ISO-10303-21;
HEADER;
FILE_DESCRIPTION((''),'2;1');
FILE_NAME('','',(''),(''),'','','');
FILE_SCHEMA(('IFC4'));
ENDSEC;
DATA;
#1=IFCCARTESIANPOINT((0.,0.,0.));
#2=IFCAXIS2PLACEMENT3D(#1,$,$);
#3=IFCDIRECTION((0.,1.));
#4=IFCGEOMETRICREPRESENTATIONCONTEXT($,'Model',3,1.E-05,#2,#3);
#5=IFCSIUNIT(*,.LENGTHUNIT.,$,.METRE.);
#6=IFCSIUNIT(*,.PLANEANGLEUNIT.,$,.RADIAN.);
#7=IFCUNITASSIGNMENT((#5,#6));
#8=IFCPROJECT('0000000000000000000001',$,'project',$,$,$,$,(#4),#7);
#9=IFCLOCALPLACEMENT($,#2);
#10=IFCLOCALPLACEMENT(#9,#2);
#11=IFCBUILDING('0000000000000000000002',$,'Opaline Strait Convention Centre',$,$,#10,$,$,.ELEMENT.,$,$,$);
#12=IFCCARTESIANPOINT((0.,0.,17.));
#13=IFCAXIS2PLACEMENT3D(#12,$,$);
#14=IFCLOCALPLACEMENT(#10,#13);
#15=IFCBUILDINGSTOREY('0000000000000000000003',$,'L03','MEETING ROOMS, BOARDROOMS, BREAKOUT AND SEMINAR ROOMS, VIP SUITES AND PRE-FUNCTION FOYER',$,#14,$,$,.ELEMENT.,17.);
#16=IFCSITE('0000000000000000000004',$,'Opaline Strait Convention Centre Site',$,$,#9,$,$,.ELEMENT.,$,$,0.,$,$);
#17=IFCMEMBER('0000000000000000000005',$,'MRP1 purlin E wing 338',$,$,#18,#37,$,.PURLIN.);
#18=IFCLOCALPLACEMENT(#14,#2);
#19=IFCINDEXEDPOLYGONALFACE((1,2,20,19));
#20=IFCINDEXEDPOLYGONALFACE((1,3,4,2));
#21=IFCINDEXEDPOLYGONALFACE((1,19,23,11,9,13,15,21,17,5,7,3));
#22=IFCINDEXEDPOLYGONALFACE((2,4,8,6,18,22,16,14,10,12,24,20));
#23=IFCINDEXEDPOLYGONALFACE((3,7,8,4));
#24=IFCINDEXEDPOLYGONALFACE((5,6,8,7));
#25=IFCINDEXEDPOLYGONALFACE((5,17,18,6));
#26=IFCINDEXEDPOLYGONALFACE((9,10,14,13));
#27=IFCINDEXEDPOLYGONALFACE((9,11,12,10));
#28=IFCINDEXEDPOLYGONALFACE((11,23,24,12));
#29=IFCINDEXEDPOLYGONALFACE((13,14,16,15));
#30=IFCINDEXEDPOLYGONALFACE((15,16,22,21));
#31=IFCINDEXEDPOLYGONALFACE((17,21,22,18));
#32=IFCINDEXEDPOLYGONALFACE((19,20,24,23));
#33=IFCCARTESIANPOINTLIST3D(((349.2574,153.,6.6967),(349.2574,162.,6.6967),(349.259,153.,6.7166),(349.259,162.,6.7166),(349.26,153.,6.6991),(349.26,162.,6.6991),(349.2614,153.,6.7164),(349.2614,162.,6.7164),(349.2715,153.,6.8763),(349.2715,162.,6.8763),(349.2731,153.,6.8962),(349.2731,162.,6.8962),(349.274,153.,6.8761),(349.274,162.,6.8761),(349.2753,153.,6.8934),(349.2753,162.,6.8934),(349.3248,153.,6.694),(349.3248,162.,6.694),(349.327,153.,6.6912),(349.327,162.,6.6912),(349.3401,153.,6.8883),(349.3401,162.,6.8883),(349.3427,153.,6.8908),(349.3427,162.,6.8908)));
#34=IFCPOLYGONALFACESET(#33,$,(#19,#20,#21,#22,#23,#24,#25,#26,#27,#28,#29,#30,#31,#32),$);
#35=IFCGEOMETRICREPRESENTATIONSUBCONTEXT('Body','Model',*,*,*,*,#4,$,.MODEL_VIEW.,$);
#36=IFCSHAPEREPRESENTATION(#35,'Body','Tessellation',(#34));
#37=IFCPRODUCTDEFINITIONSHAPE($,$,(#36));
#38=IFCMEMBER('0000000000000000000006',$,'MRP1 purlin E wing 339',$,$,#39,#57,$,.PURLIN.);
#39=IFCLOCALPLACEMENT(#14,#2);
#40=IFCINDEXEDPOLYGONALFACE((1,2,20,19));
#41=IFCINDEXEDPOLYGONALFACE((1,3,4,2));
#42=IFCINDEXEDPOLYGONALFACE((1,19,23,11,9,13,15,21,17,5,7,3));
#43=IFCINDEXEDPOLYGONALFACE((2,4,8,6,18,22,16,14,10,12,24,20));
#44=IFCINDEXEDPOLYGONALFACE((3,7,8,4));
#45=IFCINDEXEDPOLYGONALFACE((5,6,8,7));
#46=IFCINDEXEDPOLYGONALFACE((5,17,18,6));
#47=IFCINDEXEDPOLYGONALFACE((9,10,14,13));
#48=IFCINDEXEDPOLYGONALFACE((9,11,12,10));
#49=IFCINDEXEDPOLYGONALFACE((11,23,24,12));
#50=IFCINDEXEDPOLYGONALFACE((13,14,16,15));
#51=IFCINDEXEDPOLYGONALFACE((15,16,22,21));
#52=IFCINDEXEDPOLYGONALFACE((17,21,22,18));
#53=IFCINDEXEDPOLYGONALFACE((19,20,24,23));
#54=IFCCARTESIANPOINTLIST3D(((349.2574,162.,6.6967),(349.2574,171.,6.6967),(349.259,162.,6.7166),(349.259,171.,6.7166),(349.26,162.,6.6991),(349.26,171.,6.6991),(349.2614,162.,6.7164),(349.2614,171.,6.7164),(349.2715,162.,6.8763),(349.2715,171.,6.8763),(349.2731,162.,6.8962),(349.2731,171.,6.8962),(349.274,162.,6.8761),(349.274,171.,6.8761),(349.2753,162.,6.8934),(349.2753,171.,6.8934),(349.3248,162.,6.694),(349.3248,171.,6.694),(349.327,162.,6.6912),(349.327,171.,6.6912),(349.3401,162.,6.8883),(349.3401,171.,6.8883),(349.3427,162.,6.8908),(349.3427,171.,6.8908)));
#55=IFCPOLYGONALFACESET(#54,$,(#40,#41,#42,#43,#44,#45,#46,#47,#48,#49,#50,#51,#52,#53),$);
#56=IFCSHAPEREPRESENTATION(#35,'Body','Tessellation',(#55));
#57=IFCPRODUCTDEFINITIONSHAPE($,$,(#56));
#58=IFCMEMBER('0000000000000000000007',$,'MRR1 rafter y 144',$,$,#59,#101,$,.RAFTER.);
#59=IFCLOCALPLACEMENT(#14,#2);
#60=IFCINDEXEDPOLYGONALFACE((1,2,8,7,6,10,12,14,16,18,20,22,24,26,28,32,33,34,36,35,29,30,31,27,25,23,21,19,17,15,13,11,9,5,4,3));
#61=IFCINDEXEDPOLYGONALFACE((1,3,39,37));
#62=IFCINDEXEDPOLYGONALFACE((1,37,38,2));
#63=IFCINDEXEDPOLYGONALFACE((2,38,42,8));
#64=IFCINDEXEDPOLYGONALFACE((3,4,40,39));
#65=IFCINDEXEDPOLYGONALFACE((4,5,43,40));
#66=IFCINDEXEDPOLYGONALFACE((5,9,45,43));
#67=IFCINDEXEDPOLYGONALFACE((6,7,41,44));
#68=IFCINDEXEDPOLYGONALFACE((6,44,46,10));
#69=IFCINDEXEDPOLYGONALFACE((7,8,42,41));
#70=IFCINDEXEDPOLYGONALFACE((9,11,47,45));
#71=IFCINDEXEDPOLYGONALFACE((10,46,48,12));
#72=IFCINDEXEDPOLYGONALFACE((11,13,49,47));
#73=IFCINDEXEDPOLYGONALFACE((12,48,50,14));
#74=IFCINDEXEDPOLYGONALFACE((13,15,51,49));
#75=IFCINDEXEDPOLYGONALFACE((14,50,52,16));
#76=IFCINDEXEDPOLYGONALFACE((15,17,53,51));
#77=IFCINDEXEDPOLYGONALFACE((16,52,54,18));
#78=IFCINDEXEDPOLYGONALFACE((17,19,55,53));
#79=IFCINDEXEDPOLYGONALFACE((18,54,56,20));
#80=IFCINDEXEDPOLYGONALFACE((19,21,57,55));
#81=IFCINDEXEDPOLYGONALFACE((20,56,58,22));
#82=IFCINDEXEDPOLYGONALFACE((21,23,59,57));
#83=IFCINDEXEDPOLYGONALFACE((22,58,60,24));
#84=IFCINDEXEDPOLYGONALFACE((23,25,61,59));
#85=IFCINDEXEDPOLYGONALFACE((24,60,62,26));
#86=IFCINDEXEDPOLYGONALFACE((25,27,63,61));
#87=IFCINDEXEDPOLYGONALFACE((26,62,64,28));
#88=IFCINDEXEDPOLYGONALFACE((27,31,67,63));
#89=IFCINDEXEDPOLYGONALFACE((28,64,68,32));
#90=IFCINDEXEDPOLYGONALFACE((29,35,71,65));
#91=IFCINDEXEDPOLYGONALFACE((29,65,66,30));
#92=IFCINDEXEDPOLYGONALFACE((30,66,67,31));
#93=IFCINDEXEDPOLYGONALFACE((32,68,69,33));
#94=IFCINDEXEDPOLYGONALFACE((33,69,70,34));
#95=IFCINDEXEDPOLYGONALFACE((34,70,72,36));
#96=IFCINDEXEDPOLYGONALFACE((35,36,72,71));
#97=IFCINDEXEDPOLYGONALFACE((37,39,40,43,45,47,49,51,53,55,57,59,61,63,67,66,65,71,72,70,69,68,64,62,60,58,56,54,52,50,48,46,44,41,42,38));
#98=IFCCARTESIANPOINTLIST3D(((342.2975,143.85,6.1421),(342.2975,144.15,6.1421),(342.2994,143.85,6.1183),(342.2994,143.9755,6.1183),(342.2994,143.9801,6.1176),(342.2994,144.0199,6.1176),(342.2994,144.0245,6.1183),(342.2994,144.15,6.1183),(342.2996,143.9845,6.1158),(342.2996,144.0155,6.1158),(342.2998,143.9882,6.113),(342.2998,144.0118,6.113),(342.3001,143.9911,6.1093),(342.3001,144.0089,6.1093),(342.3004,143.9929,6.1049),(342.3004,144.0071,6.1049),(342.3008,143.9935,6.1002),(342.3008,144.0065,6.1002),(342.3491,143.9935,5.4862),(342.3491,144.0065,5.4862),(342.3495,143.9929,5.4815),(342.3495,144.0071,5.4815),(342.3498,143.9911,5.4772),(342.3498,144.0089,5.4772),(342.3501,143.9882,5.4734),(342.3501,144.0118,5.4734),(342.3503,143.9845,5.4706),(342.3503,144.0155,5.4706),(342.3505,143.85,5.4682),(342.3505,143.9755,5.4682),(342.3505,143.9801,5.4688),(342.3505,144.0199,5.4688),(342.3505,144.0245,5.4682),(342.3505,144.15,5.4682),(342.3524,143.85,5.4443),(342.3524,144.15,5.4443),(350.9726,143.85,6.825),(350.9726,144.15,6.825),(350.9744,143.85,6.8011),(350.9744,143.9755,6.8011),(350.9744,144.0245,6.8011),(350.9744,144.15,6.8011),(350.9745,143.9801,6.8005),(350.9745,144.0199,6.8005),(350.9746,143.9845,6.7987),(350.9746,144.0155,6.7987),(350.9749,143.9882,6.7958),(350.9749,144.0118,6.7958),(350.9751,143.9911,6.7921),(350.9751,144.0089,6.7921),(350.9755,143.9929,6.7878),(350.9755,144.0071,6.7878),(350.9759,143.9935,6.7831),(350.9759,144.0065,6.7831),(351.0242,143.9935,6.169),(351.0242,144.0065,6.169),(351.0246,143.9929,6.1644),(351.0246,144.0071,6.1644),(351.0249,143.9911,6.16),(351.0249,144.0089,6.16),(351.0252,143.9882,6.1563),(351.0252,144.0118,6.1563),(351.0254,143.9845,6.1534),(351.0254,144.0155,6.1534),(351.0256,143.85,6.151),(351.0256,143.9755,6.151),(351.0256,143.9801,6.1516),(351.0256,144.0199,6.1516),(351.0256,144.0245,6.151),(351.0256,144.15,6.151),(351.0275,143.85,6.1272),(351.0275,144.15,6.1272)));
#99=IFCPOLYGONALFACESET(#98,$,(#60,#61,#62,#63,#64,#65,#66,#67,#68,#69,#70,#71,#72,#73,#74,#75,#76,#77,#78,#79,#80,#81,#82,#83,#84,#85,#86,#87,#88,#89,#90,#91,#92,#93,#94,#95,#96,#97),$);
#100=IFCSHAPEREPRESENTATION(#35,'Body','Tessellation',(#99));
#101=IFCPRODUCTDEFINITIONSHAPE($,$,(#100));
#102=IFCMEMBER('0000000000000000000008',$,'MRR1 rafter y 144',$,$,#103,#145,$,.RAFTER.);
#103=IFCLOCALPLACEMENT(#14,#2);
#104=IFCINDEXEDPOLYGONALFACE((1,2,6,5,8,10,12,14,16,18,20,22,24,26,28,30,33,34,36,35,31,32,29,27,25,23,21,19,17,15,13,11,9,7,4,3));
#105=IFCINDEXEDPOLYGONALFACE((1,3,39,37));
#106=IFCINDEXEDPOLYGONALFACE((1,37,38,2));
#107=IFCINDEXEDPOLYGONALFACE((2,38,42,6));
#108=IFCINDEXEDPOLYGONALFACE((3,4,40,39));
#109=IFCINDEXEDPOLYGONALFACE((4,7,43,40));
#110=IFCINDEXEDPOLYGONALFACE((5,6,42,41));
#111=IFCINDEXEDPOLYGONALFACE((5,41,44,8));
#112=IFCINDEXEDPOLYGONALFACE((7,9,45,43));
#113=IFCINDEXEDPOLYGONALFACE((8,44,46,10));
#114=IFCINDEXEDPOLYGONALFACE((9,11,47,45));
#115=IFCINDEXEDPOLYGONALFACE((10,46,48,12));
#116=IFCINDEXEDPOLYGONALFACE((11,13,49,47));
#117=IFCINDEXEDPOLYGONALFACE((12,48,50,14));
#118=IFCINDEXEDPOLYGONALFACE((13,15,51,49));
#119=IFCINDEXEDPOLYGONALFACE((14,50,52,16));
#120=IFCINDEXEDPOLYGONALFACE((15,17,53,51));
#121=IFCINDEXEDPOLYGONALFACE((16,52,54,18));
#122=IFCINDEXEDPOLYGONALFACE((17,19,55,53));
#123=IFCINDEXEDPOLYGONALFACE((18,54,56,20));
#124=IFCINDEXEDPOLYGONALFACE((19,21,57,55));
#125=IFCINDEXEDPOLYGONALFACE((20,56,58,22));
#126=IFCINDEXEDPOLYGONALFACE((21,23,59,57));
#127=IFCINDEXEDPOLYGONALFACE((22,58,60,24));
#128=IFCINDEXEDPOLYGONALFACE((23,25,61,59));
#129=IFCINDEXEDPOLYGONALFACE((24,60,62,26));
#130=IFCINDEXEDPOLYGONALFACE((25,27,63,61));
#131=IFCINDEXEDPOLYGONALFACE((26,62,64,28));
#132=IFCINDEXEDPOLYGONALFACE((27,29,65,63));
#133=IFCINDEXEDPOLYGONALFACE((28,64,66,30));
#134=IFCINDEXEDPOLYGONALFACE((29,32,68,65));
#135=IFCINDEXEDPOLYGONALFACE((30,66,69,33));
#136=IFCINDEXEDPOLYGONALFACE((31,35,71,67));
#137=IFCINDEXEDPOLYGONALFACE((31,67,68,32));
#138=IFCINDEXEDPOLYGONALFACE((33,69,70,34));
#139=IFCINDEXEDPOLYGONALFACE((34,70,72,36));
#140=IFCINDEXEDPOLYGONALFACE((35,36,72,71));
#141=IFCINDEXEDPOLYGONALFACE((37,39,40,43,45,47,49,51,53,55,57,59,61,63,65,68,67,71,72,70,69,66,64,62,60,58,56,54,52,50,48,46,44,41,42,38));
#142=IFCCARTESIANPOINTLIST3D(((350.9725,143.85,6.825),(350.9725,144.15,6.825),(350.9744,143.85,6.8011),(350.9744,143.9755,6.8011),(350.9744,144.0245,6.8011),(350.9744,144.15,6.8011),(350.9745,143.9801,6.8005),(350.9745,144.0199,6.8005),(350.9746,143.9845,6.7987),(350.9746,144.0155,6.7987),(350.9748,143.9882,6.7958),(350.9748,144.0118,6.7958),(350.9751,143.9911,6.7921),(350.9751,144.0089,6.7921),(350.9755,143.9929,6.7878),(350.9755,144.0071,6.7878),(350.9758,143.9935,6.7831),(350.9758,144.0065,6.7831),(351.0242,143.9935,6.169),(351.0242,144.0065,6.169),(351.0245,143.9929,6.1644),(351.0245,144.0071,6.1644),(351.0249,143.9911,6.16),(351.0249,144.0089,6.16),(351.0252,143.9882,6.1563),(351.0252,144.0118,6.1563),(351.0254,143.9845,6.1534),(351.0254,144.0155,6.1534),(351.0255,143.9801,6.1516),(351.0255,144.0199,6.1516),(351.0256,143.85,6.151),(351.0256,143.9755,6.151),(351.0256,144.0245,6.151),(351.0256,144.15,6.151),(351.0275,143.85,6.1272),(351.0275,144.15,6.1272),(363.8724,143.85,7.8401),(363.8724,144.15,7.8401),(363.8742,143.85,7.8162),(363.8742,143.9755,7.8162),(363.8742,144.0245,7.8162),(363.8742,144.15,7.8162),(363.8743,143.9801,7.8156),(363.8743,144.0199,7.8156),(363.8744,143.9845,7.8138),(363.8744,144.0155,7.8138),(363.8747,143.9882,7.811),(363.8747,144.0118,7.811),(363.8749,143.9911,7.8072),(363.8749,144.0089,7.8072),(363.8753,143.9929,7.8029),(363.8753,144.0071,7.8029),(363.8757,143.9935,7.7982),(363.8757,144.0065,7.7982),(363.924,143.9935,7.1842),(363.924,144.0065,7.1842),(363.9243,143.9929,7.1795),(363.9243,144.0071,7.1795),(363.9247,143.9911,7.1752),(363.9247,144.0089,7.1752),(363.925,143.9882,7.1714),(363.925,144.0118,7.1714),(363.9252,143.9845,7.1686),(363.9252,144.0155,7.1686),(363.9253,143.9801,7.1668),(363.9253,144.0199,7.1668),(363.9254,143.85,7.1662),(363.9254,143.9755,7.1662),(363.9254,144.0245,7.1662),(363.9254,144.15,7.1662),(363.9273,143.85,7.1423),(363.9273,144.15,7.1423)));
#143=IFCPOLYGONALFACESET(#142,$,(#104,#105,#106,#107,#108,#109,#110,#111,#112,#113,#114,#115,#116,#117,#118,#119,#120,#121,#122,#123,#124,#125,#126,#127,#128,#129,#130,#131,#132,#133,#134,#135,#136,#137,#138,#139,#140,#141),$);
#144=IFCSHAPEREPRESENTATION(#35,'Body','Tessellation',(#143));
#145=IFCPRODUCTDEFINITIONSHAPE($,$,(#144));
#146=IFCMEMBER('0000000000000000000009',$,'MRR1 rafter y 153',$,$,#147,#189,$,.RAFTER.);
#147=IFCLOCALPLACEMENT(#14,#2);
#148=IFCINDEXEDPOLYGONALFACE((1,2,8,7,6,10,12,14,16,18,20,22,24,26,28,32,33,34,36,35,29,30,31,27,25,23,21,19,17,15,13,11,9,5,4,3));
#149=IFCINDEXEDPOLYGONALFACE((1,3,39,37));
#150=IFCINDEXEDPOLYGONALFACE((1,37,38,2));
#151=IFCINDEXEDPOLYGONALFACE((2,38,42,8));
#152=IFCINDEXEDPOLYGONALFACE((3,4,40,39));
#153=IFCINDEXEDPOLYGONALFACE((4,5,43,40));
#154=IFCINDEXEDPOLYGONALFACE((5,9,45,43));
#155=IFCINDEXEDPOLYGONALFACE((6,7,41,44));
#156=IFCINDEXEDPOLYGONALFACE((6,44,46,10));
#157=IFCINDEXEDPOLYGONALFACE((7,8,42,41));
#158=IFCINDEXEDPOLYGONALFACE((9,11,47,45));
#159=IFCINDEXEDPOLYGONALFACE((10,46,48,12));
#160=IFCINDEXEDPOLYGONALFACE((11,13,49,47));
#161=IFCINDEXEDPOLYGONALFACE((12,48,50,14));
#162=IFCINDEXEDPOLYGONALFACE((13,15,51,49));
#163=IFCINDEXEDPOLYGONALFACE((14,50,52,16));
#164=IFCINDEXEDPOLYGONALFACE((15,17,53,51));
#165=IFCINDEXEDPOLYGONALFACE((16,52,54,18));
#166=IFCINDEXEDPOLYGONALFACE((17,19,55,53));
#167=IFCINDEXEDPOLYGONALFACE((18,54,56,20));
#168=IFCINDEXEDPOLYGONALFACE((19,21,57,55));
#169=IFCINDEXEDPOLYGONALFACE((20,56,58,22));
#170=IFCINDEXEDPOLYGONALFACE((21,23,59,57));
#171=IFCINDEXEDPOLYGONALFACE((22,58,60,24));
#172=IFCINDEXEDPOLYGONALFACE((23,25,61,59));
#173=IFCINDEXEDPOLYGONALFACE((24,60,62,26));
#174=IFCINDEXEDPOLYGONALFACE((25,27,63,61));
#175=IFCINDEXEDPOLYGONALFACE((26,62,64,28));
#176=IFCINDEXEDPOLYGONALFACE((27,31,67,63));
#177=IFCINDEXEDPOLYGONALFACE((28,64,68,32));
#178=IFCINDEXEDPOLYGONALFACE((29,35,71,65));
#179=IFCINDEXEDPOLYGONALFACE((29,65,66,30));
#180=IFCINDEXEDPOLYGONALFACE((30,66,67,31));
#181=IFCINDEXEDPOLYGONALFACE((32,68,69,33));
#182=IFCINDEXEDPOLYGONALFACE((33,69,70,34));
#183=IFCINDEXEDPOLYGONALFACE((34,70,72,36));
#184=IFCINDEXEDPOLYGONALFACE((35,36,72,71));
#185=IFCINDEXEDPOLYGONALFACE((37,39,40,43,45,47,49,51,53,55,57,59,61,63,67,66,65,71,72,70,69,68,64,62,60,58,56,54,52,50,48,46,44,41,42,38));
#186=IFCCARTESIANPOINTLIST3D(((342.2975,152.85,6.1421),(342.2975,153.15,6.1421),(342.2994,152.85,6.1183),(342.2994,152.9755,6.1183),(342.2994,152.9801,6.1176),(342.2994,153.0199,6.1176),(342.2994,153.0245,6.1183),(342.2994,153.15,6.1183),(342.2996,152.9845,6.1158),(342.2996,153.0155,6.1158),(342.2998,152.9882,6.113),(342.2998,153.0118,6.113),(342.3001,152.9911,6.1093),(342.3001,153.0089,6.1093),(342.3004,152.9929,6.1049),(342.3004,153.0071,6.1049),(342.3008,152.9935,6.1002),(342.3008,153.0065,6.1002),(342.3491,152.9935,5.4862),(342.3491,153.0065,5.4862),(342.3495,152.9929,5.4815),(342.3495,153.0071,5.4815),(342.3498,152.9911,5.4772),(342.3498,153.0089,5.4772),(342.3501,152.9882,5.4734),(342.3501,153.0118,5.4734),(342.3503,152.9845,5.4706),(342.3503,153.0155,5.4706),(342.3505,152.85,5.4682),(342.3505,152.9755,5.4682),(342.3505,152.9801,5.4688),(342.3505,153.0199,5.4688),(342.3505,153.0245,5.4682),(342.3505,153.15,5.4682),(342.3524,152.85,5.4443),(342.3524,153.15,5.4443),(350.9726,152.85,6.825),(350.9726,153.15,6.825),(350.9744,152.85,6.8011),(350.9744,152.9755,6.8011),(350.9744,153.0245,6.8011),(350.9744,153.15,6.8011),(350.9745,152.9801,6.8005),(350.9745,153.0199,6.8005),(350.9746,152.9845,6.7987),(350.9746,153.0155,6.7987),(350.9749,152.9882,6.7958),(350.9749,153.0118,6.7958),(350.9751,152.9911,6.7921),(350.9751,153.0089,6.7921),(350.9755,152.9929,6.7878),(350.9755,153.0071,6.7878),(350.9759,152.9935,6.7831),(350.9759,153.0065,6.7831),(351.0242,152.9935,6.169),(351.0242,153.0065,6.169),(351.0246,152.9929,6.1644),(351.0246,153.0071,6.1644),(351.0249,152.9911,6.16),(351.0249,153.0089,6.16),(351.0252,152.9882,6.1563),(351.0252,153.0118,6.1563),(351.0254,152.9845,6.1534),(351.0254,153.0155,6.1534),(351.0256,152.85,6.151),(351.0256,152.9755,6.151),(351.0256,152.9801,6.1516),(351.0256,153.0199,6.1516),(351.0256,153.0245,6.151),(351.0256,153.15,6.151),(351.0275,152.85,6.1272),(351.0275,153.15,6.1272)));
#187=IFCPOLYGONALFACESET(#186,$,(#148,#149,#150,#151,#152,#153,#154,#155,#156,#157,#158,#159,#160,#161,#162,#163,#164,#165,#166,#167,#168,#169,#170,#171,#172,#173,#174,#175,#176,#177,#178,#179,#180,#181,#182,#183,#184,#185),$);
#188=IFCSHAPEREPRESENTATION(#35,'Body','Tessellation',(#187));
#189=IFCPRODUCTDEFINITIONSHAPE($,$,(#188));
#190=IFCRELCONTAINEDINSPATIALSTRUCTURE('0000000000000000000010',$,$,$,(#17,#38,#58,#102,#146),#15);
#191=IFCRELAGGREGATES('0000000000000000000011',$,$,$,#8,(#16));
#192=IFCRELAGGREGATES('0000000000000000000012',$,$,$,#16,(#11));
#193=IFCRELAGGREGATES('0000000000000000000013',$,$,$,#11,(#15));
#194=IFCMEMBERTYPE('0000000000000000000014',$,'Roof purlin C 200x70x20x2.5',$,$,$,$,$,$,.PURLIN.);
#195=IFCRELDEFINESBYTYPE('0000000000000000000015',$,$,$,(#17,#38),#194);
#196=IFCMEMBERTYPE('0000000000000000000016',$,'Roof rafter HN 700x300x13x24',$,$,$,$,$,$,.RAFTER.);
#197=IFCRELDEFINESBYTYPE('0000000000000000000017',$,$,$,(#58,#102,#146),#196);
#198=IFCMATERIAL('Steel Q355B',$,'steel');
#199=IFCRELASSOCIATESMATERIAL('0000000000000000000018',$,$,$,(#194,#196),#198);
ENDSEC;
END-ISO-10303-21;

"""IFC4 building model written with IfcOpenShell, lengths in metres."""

from ifc_helpers import new_model, si_unit, direction, frame, origin, origin_2d, place, context, subcontext, project, spatial, polyline, i_section, outline, extrude, material, material_profile, profile_set, type_object, element, save


model = new_model("IFC4")

# Units and contexts
model_context = context("Model", 3, precision=1e-05, world=origin(), true_north=direction((0.0, 1.0)))
body_context = subcontext(model_context, "Body", "Model", "MODEL_VIEW")
ifc_project = project(units=[si_unit("LENGTHUNIT", "METRE"), si_unit("PLANEANGLEUNIT", "RADIAN")], contexts=[model_context])

# Site, building, storey
site_placement = place(None, origin())
site = spatial("IfcSite", under=ifc_project, at=site_placement, Name="Opaline Strait Convention Centre Site", CompositionType="ELEMENT", RefElevation=0.0)
building_placement = place(site_placement, origin())
building = spatial("IfcBuilding", under=site, at=building_placement, Name="Opaline Strait Convention Centre", CompositionType="ELEMENT")
storey_placement = place(building_placement, frame((0.0, 0.0, 17.0)))
storey = spatial("IfcBuildingStorey", under=building, at=storey_placement, Name="L03", Description="MEETING ROOMS, BOARDROOMS, BREAKOUT AND SEMINAR ROOMS, VIP SUITES AND PRE-FUNCTION FOYER", CompositionType="ELEMENT", Elevation=17.0)

# Shared definitions
ifc_material_1 = material(Name="Steel Q355B", Category="steel")

# Members
ifc_material_profile_1 = material_profile(ifc_material_1, outline(polyline([(-0.0349, -0.1001), (0.0349, -0.1001), (0.0349, -0.0801), (0.0325, -0.0801), (0.0325, -0.0974), (-0.0325, -0.0974), (-0.0325, 0.0974), (0.0325, 0.0974), (0.0325, 0.0801), (0.0349, 0.0801), (0.0349, 0.1001), (-0.0349, 0.1001), (-0.0349, -0.1001)])), Name="C 200x70x20x2.5")
ifc_profile_set_1 = profile_set([ifc_material_profile_1], Name="Steel Q355B")
member_type_1 = type_object("IfcMemberType", Name="Roof purlin C 200x70x20x2.5", PredefinedType="PURLIN", material=ifc_profile_set_1)
for number, where, z_axis, x_axis, name in (
    (1, (349.3, 153.0, 6.7937), (0.0, 1.0, 0.0), (-0.996917, 0.0, 0.078459), "MRP1 purlin E wing 338"),
    (2, (349.3, 162.0, 6.7937), (0.0, 1.0, 0.0), (-0.996917, 0.0, 0.078459), "MRP1 purlin E wing 339"),
):
    element("IfcMember", number, at=place(storey_placement, frame(where, z_axis=z_axis, x_axis=x_axis)), inside=storey, type_object=member_type_1, Name=name, PredefinedType="PURLIN", context=body_context, shape_type="SweptSolid", body=[
        extrude(outline(polyline([(-0.0349, -0.1001), (0.0349, -0.1001), (0.0349, -0.0801), (0.0325, -0.0801), (0.0325, -0.0974), (-0.0325, -0.0974), (-0.0325, 0.0974), (0.0325, 0.0974), (0.0325, 0.0801), (0.0349, 0.0801), (0.0349, 0.1001), (-0.0349, 0.1001), (-0.0349, -0.1001)])), origin(), (0.0, 0.0, 1.0), 9.0),
    ])
ifc_material_profile_2 = material_profile(ifc_material_1, i_section(OverallWidth=0.3, OverallDepth=0.7, WebThickness=0.0129, FlangeThickness=0.0239, FilletRadius=0.0181, at=origin_2d()), Name="HN 700x300x13x24")
ifc_profile_set_2 = profile_set([ifc_material_profile_2], Name="Steel Q355B")
member_type_2 = type_object("IfcMemberType", Name="Roof rafter HN 700x300x13x24", PredefinedType="RAFTER", material=ifc_profile_set_2)
member_1_placement = place(storey_placement, frame((342.325, 144.0, 5.7932), z_axis=(0.996916, 0.0, 0.078473), x_axis=(0.0, 1.0, 0.0)))
element("IfcMember", 3, at=member_1_placement, inside=storey, type_object=member_type_2, Name="MRR1 rafter y 144", PredefinedType="RAFTER", context=body_context, shape_type="SweptSolid", body=[
    extrude(i_section(OverallWidth=0.3, OverallDepth=0.7, WebThickness=0.0129, FlangeThickness=0.0239, FilletRadius=0.0181, at=origin_2d()), origin(), (0.0, 0.0, 1.0), 8.7019),
])
member_2_placement = place(storey_placement, frame((351.0, 144.0, 6.4761), z_axis=(0.996918, 0.0, 0.078451), x_axis=(0.0, 1.0, 0.0)))
element("IfcMember", 4, at=member_2_placement, inside=storey, type_object=member_type_2, Name="MRR1 rafter y 144", PredefinedType="RAFTER", context=body_context, shape_type="SweptSolid", body=[
    extrude(i_section(OverallWidth=0.3, OverallDepth=0.7, WebThickness=0.0129, FlangeThickness=0.0239, FilletRadius=0.0181, at=origin_2d()), origin(), (0.0, 0.0, 1.0), 12.9397),
])
member_3_placement = place(storey_placement, frame((342.325, 153.0, 5.7932), z_axis=(0.996916, 0.0, 0.078473), x_axis=(0.0, 1.0, 0.0)))
element("IfcMember", 5, at=member_3_placement, inside=storey, type_object=member_type_2, Name="MRR1 rafter y 153", PredefinedType="RAFTER", context=body_context, shape_type="SweptSolid", body=[
    extrude(i_section(OverallWidth=0.3, OverallDepth=0.7, WebThickness=0.0129, FlangeThickness=0.0239, FilletRadius=0.0181, at=origin_2d()), origin(), (0.0, 0.0, 1.0), 8.7019),
])

save(model, "model.ifc")
